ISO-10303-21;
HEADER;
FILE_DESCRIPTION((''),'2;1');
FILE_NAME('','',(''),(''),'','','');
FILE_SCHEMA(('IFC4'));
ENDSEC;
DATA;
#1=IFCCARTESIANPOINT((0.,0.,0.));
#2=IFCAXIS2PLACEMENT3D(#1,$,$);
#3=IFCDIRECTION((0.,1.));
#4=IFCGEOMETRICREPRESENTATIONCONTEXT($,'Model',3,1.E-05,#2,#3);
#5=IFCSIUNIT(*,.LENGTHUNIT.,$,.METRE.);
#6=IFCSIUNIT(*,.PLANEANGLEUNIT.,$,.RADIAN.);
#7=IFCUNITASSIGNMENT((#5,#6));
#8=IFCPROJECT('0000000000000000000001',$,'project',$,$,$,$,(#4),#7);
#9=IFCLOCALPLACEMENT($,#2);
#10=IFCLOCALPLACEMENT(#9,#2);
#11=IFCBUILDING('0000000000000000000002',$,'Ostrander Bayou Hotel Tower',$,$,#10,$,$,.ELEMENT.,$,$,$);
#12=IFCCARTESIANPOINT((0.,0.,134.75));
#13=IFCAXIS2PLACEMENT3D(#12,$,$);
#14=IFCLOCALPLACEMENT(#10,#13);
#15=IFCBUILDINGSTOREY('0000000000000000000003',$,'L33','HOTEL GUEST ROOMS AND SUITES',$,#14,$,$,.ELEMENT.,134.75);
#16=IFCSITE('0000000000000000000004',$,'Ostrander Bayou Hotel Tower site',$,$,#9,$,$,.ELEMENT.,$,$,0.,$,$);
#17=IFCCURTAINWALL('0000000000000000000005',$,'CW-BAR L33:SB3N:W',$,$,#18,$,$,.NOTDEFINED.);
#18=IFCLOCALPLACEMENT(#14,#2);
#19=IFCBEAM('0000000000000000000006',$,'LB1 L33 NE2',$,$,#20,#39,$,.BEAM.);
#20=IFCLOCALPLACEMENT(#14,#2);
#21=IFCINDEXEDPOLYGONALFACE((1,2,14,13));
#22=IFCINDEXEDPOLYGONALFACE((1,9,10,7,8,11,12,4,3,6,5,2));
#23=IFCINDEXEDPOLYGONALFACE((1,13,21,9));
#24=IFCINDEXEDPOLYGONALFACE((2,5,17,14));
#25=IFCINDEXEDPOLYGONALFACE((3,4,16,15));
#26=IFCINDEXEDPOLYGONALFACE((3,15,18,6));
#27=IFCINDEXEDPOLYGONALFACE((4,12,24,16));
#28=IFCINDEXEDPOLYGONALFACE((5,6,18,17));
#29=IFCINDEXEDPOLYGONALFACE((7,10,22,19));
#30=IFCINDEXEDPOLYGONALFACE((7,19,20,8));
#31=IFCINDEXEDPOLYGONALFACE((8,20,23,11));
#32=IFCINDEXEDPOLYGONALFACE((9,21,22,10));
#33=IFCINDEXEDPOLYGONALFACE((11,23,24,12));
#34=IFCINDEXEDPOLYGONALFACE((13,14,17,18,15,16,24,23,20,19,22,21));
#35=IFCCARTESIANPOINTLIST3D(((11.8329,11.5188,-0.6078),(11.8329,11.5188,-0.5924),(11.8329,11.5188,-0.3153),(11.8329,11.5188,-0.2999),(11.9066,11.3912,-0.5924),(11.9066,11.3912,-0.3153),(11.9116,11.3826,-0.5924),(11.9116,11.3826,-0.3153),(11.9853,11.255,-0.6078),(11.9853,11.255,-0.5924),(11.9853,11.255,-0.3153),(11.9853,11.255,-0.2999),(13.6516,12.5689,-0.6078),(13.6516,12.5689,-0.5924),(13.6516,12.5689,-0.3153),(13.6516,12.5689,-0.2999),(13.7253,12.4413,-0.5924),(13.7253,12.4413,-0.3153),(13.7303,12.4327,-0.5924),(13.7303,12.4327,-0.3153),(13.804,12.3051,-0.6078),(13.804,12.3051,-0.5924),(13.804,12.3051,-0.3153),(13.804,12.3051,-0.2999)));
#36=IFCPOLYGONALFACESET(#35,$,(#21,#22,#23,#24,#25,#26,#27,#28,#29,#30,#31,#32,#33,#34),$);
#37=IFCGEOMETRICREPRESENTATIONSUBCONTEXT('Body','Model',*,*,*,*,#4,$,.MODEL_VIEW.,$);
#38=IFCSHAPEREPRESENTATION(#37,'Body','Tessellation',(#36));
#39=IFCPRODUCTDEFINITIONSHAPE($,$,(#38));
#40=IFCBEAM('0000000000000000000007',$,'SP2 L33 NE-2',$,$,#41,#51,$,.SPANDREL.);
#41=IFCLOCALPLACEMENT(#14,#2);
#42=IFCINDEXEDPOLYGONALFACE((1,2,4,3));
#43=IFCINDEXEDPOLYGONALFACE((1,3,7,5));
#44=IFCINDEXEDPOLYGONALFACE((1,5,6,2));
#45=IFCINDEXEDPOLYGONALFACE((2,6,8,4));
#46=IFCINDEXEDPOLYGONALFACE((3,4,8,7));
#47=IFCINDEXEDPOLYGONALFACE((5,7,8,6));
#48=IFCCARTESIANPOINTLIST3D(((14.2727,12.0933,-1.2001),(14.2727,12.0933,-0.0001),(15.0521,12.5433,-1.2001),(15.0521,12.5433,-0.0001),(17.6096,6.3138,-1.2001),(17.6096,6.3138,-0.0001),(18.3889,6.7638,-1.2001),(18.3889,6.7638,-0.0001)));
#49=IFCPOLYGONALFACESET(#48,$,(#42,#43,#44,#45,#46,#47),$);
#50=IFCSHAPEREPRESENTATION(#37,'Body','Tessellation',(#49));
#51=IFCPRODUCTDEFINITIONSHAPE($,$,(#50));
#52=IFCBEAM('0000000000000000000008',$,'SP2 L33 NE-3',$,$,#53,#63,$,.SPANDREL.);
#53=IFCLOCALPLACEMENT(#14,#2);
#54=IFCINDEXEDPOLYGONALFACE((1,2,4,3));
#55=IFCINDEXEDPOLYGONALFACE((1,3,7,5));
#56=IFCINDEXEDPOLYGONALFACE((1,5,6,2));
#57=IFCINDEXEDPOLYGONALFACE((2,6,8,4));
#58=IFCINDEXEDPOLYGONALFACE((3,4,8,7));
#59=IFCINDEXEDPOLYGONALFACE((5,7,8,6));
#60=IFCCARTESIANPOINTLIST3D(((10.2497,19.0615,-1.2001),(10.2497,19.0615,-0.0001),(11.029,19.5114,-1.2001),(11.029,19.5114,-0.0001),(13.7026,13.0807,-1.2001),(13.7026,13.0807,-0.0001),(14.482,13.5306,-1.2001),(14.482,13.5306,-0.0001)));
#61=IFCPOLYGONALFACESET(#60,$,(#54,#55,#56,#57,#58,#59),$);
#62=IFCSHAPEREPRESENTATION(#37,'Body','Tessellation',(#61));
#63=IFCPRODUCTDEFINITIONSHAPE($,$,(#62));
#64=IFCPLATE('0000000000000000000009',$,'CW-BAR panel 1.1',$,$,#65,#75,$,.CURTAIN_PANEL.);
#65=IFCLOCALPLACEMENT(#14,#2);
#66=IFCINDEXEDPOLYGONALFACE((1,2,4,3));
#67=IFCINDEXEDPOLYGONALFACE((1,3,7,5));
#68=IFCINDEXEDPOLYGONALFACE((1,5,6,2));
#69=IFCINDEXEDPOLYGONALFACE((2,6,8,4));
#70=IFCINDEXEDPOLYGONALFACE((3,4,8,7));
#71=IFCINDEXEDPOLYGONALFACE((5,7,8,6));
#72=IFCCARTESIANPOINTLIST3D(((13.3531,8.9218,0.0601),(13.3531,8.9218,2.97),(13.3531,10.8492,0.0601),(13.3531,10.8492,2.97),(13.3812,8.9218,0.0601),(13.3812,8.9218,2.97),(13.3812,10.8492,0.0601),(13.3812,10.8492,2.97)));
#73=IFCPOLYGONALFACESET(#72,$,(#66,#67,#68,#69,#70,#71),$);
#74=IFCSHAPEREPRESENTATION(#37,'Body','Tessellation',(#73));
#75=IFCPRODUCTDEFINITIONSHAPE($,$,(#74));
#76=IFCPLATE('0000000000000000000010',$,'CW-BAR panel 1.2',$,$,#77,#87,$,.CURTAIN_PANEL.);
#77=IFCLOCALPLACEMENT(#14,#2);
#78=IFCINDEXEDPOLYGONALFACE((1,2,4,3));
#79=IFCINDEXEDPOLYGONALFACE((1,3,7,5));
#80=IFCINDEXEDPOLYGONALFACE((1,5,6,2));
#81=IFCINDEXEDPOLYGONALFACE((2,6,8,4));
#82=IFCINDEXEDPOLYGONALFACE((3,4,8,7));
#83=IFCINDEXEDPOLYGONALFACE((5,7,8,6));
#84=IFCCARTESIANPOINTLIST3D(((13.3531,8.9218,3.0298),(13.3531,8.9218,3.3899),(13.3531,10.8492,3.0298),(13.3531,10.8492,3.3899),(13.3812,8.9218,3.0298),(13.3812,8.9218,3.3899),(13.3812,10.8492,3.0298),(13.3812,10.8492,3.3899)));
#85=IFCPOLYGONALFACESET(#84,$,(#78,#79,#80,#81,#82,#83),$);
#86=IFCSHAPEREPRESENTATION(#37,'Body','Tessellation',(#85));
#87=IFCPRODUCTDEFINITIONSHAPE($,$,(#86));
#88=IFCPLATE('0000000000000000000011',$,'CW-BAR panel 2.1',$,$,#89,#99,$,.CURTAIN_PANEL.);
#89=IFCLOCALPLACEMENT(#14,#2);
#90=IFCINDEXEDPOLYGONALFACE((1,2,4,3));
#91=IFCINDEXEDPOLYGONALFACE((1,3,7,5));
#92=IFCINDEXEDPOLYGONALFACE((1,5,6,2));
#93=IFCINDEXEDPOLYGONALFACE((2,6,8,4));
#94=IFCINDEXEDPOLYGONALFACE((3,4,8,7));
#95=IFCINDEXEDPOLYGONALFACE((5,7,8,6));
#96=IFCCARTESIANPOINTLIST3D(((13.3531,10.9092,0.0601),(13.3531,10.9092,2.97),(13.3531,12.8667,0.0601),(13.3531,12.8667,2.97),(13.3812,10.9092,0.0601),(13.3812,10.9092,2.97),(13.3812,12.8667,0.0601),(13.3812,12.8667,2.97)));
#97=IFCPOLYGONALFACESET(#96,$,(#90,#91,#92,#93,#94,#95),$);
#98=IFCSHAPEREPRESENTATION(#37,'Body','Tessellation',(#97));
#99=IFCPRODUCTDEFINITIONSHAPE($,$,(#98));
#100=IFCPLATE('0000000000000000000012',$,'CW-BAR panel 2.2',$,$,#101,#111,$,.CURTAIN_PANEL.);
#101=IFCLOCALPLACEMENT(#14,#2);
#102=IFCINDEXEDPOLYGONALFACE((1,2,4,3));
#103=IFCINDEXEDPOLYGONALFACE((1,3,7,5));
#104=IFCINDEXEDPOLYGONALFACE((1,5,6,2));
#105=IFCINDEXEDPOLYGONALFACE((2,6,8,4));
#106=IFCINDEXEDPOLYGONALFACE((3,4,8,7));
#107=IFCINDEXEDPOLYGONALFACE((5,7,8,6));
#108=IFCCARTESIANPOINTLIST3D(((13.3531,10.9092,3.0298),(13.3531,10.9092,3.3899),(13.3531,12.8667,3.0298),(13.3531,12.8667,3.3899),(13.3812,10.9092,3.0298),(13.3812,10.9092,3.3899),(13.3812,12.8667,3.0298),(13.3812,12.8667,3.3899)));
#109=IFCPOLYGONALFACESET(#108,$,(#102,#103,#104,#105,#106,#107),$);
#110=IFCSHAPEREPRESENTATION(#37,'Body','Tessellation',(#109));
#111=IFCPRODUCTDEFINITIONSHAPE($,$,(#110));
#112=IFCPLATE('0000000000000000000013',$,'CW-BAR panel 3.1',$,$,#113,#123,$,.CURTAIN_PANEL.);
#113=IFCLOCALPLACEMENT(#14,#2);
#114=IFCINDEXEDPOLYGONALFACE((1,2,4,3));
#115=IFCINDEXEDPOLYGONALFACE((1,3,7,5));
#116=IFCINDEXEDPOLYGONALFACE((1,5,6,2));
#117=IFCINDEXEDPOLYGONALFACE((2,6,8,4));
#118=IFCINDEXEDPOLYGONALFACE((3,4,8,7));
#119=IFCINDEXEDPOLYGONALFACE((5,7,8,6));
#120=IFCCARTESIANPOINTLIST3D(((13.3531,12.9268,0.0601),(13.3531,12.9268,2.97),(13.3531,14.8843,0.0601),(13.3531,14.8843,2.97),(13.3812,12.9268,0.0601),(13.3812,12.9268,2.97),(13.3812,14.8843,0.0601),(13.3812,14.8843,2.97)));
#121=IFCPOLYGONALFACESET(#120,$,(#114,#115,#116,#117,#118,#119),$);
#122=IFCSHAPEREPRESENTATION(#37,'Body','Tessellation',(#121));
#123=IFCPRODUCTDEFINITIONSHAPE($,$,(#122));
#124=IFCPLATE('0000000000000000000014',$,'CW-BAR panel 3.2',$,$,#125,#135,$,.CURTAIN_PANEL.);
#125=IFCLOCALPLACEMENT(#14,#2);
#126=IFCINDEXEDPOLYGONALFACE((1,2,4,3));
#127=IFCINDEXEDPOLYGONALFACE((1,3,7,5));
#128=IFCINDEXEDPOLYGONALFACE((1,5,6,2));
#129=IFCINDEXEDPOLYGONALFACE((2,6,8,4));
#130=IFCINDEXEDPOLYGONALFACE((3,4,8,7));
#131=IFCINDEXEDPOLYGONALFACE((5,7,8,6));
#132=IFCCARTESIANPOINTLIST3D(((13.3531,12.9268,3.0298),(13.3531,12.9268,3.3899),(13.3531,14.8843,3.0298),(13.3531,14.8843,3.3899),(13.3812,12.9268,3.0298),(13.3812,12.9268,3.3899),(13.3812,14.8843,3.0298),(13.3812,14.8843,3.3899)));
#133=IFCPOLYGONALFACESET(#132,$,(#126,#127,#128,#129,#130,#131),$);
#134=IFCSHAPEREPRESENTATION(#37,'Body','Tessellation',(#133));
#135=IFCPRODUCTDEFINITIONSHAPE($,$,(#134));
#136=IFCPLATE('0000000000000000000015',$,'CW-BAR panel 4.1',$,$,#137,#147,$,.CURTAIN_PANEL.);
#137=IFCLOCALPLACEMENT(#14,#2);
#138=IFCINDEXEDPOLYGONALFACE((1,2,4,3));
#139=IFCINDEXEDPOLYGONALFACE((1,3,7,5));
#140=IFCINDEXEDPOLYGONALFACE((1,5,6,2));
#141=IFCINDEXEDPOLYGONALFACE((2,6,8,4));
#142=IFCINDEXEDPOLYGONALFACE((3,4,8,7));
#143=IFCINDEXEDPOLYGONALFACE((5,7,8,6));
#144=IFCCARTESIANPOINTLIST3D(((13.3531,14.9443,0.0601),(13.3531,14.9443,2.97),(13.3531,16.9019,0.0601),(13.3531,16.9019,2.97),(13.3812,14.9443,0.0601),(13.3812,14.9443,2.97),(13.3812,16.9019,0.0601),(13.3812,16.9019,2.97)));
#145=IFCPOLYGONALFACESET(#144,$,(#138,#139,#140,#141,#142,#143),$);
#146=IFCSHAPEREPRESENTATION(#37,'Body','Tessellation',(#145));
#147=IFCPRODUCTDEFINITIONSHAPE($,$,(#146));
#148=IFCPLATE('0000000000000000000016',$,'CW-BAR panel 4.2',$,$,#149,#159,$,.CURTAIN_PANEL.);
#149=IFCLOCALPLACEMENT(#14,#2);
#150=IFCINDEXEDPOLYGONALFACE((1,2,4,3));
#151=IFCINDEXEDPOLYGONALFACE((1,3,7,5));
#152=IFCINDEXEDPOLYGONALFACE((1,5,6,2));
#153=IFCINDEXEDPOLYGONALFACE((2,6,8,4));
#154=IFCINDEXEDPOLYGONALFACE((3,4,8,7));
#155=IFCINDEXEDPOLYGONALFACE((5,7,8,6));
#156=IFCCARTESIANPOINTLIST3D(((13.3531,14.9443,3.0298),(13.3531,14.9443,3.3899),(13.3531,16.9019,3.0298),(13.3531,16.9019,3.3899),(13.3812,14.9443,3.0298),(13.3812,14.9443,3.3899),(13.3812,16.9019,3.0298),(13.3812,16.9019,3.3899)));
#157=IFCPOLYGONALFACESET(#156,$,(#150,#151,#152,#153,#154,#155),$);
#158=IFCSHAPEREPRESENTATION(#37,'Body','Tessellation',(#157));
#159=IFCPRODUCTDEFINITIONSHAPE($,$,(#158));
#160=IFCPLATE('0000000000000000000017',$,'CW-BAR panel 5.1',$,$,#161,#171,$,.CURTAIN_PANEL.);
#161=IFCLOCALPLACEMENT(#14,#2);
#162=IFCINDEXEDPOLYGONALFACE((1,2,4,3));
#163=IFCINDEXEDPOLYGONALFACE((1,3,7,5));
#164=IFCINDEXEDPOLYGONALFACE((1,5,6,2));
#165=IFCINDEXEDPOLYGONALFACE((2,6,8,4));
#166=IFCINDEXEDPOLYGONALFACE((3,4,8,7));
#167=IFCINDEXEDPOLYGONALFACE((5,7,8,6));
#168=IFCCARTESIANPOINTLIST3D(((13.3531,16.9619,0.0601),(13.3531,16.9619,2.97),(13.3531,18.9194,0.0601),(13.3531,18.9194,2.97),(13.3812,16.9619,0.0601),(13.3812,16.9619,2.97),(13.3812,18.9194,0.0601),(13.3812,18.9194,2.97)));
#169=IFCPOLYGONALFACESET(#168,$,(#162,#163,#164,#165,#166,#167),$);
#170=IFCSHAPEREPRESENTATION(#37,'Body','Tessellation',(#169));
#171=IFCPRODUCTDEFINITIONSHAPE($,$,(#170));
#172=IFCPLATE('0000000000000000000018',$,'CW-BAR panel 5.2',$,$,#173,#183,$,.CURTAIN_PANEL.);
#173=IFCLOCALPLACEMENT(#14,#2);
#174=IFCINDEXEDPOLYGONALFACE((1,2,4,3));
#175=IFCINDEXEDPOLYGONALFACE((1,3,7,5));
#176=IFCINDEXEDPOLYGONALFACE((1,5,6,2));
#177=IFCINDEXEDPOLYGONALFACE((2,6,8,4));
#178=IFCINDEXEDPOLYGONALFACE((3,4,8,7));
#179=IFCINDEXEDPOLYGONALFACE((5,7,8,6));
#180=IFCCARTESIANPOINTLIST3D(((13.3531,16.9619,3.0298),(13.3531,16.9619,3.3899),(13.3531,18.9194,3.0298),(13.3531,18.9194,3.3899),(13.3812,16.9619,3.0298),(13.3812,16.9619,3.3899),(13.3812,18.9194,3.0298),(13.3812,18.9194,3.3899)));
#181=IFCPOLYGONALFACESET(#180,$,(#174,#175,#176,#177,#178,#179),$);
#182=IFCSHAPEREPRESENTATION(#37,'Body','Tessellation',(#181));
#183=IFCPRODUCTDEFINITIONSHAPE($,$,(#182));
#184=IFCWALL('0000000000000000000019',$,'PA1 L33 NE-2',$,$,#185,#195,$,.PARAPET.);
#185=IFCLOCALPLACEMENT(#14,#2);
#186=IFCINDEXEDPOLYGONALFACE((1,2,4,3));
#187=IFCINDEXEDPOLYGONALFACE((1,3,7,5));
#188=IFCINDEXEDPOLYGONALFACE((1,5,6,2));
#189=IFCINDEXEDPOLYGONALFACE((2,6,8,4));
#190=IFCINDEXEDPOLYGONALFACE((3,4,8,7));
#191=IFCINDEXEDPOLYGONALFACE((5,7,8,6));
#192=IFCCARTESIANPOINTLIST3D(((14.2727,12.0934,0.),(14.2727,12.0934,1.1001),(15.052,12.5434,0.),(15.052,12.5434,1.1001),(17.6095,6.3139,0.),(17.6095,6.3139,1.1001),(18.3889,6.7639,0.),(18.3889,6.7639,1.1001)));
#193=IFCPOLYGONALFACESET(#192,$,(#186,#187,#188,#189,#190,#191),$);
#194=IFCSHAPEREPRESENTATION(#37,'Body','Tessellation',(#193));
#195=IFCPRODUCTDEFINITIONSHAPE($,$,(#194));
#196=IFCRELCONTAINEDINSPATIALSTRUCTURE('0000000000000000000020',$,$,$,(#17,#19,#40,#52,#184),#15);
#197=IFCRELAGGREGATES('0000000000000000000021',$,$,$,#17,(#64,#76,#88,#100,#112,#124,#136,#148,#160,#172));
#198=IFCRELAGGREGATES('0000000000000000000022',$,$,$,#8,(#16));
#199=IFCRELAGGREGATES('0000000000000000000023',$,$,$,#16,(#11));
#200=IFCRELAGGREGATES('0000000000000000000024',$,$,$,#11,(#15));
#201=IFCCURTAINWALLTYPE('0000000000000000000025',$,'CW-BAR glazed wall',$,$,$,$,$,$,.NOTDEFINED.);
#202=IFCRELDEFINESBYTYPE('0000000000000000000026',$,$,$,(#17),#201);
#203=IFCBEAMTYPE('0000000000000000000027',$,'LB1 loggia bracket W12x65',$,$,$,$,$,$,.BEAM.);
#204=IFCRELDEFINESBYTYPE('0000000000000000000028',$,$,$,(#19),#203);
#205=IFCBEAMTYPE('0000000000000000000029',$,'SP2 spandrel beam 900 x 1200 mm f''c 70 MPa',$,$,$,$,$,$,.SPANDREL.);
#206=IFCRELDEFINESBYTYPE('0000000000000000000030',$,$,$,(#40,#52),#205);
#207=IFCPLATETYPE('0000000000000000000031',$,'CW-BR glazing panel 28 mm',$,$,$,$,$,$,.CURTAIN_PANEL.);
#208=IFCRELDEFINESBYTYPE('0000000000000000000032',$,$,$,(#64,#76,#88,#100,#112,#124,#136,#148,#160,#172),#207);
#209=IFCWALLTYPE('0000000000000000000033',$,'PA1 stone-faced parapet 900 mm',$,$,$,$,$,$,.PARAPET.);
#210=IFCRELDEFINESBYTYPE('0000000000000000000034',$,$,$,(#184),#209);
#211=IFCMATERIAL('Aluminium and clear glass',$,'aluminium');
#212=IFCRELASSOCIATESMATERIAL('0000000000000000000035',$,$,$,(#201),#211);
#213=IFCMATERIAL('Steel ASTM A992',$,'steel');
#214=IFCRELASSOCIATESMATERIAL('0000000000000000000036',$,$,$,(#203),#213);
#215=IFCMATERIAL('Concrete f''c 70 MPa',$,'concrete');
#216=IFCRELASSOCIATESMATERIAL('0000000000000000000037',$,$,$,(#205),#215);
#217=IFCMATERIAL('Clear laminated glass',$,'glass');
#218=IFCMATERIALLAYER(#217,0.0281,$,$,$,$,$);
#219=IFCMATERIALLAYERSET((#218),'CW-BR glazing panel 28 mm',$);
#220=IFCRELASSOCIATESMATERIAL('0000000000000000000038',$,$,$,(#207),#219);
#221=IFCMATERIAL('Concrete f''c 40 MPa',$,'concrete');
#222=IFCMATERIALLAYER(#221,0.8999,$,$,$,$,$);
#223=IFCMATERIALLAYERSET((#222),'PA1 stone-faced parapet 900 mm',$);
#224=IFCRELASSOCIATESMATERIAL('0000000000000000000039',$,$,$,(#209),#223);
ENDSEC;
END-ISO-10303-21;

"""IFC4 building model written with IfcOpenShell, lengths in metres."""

from ifc_helpers import new_model, si_unit, direction, frame, frame_2d, origin, origin_2d, place, context, subcontext, project, spatial, rectangle, i_section, extrude, material, layer, layer_set, material_profile, profile_set, type_object, element, aggregate, save


model = new_model("IFC4")

# Units and contexts
model_context = context("Model", 3, precision=1e-05, world=origin(), true_north=direction((0.0, 1.0)))
body_context = subcontext(model_context, "Body", "Model", "MODEL_VIEW")
ifc_project = project(units=[si_unit("LENGTHUNIT", "METRE"), si_unit("PLANEANGLEUNIT", "RADIAN")], contexts=[model_context])

# Site, building, storey
site_placement = place(None, origin())
site = spatial("IfcSite", under=ifc_project, at=site_placement, Name="Ostrander Bayou Hotel Tower site", CompositionType="ELEMENT", RefElevation=0.0)
building_placement = place(site_placement, origin())
building = spatial("IfcBuilding", under=site, at=building_placement, Name="Ostrander Bayou Hotel Tower", CompositionType="ELEMENT")
storey_placement = place(building_placement, frame((0.0, 0.0, 134.75)))
storey = spatial("IfcBuildingStorey", under=building, at=storey_placement, Name="L33", Description="HOTEL GUEST ROOMS AND SUITES", CompositionType="ELEMENT", Elevation=134.75)

# Curtain wall
ifc_material_1 = material(Name="Aluminium and clear glass", Category="aluminium")
curtain_wall_type = type_object("IfcCurtainWallType", Name="CW-BAR glazed wall", PredefinedType="NOTDEFINED", material=ifc_material_1)
curtain_wall_placement = place(storey_placement, origin())
curtain_wall = element("IfcCurtainWall", 1, at=curtain_wall_placement, inside=storey, type_object=curtain_wall_type, Name="CW-BAR L33:SB3N:W", PredefinedType="NOTDEFINED")

# Beams
ifc_material_2 = material(Name="Steel ASTM A992", Category="steel")
ifc_material_profile_1 = material_profile(ifc_material_2, i_section(OverallWidth=0.3047, OverallDepth=0.3079, WebThickness=0.01, FlangeThickness=0.0154, at=origin_2d()))
ifc_profile_set_1 = profile_set([ifc_material_profile_1], Name="Steel ASTM A992")
beam_type_1 = type_object("IfcBeamType", Name="LB1 loggia bracket W12x65", PredefinedType="BEAM", material=ifc_profile_set_1)
for number, where, z_axis, x_axis, name in (
    (2, (13.7278, 12.437, -0.4539), (-0.866009, -0.500028, 0.0), (0.500028, -0.866009, 0.0), "LB1 L33 NE2"),
):
    element("IfcBeam", number, at=place(storey_placement, frame(where, z_axis=z_axis, x_axis=x_axis)), inside=storey, type_object=beam_type_1, Name=name, PredefinedType="BEAM", context=body_context, shape_type="SweptSolid", body=[
        extrude(i_section(OverallWidth=0.3047, OverallDepth=0.3079, WebThickness=0.01, FlangeThickness=0.0154, at=origin_2d()), origin(), (0.0, 0.0, 1.0), 2.1001),
    ])
ifc_material_3 = material(Name="Concrete f'c 70 MPa", Category="concrete")
ifc_material_profile_2 = material_profile(ifc_material_3, rectangle(XDim=0.8999, YDim=1.2, at=origin_2d()))
ifc_profile_set_2 = profile_set([ifc_material_profile_2], Name="Concrete f'c 70 MPa")
beam_type_2 = type_object("IfcBeamType", Name="SP2 spandrel beam 900 x 1200 mm f'c 70 MPa", PredefinedType="SPANDREL", material=ifc_profile_set_2)
beam_1_placement = place(storey_placement, frame((17.9993, 6.5388, -0.6001), z_axis=(-0.500011, 0.866019, 0.0), x_axis=(-0.866019, -0.500011, 0.0)))
element("IfcBeam", 3, at=beam_1_placement, inside=storey, type_object=beam_type_2, Name="SP2 L33 NE-2", PredefinedType="SPANDREL", context=body_context, shape_type="SweptSolid", body=[
    extrude(rectangle(XDim=0.8999, YDim=1.2, at=origin_2d()), origin(), (0.0, 0.0, 1.0), 6.6736),
])
beam_2_placement = place(storey_placement, frame((14.0923, 13.3057, -0.6001), z_axis=(-0.499991, 0.866031, 0.0), x_axis=(-0.866031, -0.499991, 0.0)))
element("IfcBeam", 4, at=beam_2_placement, inside=storey, type_object=beam_type_2, Name="SP2 L33 NE-3", PredefinedType="SPANDREL", context=body_context, shape_type="SweptSolid", body=[
    extrude(rectangle(XDim=0.8999, YDim=1.2, at=origin_2d()), origin(), (0.0, 0.0, 1.0), 6.906),
])

# Plates
ifc_material_4 = material(Name="Clear laminated glass", Category="glass")
ifc_layer_1 = layer(ifc_material_4, 0.0281)
ifc_layer_set_1 = layer_set([ifc_layer_1], Name="CW-BR glazing panel 28 mm")
plate_type = type_object("IfcPlateType", Name="CW-BR glazing panel 28 mm", PredefinedType="CURTAIN_PANEL", material=ifc_layer_set_1)
plate_1_placement = place(storey_placement, frame((13.3672, 9.8855, 0.0601), z_axis=(0.0, 0.0, 1.0), x_axis=(0.0, 1.0, 0.0)))
plate_1 = element("IfcPlate", 5, at=plate_1_placement, type_object=plate_type, Name="CW-BAR panel 1.1", PredefinedType="CURTAIN_PANEL", context=body_context, shape_type="SweptSolid", body=[
    extrude(rectangle(XDim=1.9275, YDim=0.0281, at=origin_2d()), origin(), (0.0, 0.0, 1.0), 2.9099),
])
plate_2_placement = place(storey_placement, frame((13.3672, 9.8855, 3.0298), z_axis=(0.0, 0.0, 1.0), x_axis=(0.0, 1.0, 0.0)))
plate_2 = element("IfcPlate", 6, at=plate_2_placement, type_object=plate_type, Name="CW-BAR panel 1.2", PredefinedType="CURTAIN_PANEL", context=body_context, shape_type="SweptSolid", body=[
    extrude(rectangle(XDim=1.9275, YDim=0.0281, at=origin_2d()), origin(), (0.0, 0.0, 1.0), 0.3601),
])
plate_3_placement = place(storey_placement, frame((13.3672, 11.8879, 0.0601), z_axis=(0.0, 0.0, 1.0), x_axis=(0.0, 1.0, 0.0)))
plate_3 = element("IfcPlate", 7, at=plate_3_placement, type_object=plate_type, Name="CW-BAR panel 2.1", PredefinedType="CURTAIN_PANEL", context=body_context, shape_type="SweptSolid", body=[
    extrude(rectangle(XDim=1.9575, YDim=0.0281, at=origin_2d()), origin(), (0.0, 0.0, 1.0), 2.9099),
])
plate_4_placement = place(storey_placement, frame((13.3672, 11.8879, 3.0298), z_axis=(0.0, 0.0, 1.0), x_axis=(0.0, 1.0, 0.0)))
plate_4 = element("IfcPlate", 8, at=plate_4_placement, type_object=plate_type, Name="CW-BAR panel 2.2", PredefinedType="CURTAIN_PANEL", context=body_context, shape_type="SweptSolid", body=[
    extrude(rectangle(XDim=1.9575, YDim=0.0281, at=origin_2d()), origin(), (0.0, 0.0, 1.0), 0.3601),
])
plate_5_placement = place(storey_placement, frame((13.3672, 13.9055, 0.0601), z_axis=(0.0, 0.0, 1.0), x_axis=(0.0, 1.0, 0.0)))
plate_5 = element("IfcPlate", 9, at=plate_5_placement, type_object=plate_type, Name="CW-BAR panel 3.1", PredefinedType="CURTAIN_PANEL", context=body_context, shape_type="SweptSolid", body=[
    extrude(rectangle(XDim=1.9575, YDim=0.0281, at=origin_2d()), origin(), (0.0, 0.0, 1.0), 2.9099),
])
plate_6_placement = place(storey_placement, frame((13.3672, 13.9055, 3.0298), z_axis=(0.0, 0.0, 1.0), x_axis=(0.0, 1.0, 0.0)))
plate_6 = element("IfcPlate", 10, at=plate_6_placement, type_object=plate_type, Name="CW-BAR panel 3.2", PredefinedType="CURTAIN_PANEL", context=body_context, shape_type="SweptSolid", body=[
    extrude(rectangle(XDim=1.9575, YDim=0.0281, at=origin_2d()), origin(), (0.0, 0.0, 1.0), 0.3601),
])
plate_7_placement = place(storey_placement, frame((13.3672, 15.9231, 0.0601), z_axis=(0.0, 0.0, 1.0), x_axis=(0.0, 1.0, 0.0)))
plate_7 = element("IfcPlate", 11, at=plate_7_placement, type_object=plate_type, Name="CW-BAR panel 4.1", PredefinedType="CURTAIN_PANEL", context=body_context, shape_type="SweptSolid", body=[
    extrude(rectangle(XDim=1.9575, YDim=0.0281, at=origin_2d()), origin(), (0.0, 0.0, 1.0), 2.9099),
])
plate_8_placement = place(storey_placement, frame((13.3672, 15.9231, 3.0298), z_axis=(0.0, 0.0, 1.0), x_axis=(0.0, 1.0, 0.0)))
plate_8 = element("IfcPlate", 12, at=plate_8_placement, type_object=plate_type, Name="CW-BAR panel 4.2", PredefinedType="CURTAIN_PANEL", context=body_context, shape_type="SweptSolid", body=[
    extrude(rectangle(XDim=1.9575, YDim=0.0281, at=origin_2d()), origin(), (0.0, 0.0, 1.0), 0.3601),
])
plate_9_placement = place(storey_placement, frame((13.3672, 17.9407, 0.0601), z_axis=(0.0, 0.0, 1.0), x_axis=(0.0, 1.0, 0.0)))
plate_9 = element("IfcPlate", 13, at=plate_9_placement, type_object=plate_type, Name="CW-BAR panel 5.1", PredefinedType="CURTAIN_PANEL", context=body_context, shape_type="SweptSolid", body=[
    extrude(rectangle(XDim=1.9575, YDim=0.0281, at=origin_2d()), origin(), (0.0, 0.0, 1.0), 2.9099),
])
plate_10_placement = place(storey_placement, frame((13.3672, 17.9407, 3.0298), z_axis=(0.0, 0.0, 1.0), x_axis=(0.0, 1.0, 0.0)))
plate_10 = element("IfcPlate", 14, at=plate_10_placement, type_object=plate_type, Name="CW-BAR panel 5.2", PredefinedType="CURTAIN_PANEL", context=body_context, shape_type="SweptSolid", body=[
    extrude(rectangle(XDim=1.9575, YDim=0.0281, at=origin_2d()), origin(), (0.0, 0.0, 1.0), 0.3601),
])
aggregate(curtain_wall, [plate_1, plate_2, plate_3, plate_4, plate_5, plate_6, plate_7, plate_8, plate_9, plate_10])

# Wall
ifc_material_5 = material(Name="Concrete f'c 40 MPa", Category="concrete")
ifc_layer_2 = layer(ifc_material_5, 0.8999)
ifc_layer_set_2 = layer_set([ifc_layer_2], Name="PA1 stone-faced parapet 900 mm")
wall_type_1 = type_object("IfcWallType", Name="PA1 stone-faced parapet 900 mm", PredefinedType="PARAPET", material=ifc_layer_set_2)
wall_1_placement = place(storey_placement, frame((17.9993, 6.5388, 0.0), z_axis=(0.0, 0.0, 1.0), x_axis=(-0.500011, 0.866019, 0.0)))
element("IfcWall", 15, at=wall_1_placement, inside=storey, type_object=wall_type_1, Name="PA1 L33 NE-2", PredefinedType="PARAPET", context=body_context, shape_type="SweptSolid", body=[
    extrude(rectangle(XDim=6.6736, YDim=0.8999, at=frame_2d((3.3369, 0.0))), origin(), (0.0, 0.0, 1.0), 1.1001),
])

save(model, "model.ifc")
